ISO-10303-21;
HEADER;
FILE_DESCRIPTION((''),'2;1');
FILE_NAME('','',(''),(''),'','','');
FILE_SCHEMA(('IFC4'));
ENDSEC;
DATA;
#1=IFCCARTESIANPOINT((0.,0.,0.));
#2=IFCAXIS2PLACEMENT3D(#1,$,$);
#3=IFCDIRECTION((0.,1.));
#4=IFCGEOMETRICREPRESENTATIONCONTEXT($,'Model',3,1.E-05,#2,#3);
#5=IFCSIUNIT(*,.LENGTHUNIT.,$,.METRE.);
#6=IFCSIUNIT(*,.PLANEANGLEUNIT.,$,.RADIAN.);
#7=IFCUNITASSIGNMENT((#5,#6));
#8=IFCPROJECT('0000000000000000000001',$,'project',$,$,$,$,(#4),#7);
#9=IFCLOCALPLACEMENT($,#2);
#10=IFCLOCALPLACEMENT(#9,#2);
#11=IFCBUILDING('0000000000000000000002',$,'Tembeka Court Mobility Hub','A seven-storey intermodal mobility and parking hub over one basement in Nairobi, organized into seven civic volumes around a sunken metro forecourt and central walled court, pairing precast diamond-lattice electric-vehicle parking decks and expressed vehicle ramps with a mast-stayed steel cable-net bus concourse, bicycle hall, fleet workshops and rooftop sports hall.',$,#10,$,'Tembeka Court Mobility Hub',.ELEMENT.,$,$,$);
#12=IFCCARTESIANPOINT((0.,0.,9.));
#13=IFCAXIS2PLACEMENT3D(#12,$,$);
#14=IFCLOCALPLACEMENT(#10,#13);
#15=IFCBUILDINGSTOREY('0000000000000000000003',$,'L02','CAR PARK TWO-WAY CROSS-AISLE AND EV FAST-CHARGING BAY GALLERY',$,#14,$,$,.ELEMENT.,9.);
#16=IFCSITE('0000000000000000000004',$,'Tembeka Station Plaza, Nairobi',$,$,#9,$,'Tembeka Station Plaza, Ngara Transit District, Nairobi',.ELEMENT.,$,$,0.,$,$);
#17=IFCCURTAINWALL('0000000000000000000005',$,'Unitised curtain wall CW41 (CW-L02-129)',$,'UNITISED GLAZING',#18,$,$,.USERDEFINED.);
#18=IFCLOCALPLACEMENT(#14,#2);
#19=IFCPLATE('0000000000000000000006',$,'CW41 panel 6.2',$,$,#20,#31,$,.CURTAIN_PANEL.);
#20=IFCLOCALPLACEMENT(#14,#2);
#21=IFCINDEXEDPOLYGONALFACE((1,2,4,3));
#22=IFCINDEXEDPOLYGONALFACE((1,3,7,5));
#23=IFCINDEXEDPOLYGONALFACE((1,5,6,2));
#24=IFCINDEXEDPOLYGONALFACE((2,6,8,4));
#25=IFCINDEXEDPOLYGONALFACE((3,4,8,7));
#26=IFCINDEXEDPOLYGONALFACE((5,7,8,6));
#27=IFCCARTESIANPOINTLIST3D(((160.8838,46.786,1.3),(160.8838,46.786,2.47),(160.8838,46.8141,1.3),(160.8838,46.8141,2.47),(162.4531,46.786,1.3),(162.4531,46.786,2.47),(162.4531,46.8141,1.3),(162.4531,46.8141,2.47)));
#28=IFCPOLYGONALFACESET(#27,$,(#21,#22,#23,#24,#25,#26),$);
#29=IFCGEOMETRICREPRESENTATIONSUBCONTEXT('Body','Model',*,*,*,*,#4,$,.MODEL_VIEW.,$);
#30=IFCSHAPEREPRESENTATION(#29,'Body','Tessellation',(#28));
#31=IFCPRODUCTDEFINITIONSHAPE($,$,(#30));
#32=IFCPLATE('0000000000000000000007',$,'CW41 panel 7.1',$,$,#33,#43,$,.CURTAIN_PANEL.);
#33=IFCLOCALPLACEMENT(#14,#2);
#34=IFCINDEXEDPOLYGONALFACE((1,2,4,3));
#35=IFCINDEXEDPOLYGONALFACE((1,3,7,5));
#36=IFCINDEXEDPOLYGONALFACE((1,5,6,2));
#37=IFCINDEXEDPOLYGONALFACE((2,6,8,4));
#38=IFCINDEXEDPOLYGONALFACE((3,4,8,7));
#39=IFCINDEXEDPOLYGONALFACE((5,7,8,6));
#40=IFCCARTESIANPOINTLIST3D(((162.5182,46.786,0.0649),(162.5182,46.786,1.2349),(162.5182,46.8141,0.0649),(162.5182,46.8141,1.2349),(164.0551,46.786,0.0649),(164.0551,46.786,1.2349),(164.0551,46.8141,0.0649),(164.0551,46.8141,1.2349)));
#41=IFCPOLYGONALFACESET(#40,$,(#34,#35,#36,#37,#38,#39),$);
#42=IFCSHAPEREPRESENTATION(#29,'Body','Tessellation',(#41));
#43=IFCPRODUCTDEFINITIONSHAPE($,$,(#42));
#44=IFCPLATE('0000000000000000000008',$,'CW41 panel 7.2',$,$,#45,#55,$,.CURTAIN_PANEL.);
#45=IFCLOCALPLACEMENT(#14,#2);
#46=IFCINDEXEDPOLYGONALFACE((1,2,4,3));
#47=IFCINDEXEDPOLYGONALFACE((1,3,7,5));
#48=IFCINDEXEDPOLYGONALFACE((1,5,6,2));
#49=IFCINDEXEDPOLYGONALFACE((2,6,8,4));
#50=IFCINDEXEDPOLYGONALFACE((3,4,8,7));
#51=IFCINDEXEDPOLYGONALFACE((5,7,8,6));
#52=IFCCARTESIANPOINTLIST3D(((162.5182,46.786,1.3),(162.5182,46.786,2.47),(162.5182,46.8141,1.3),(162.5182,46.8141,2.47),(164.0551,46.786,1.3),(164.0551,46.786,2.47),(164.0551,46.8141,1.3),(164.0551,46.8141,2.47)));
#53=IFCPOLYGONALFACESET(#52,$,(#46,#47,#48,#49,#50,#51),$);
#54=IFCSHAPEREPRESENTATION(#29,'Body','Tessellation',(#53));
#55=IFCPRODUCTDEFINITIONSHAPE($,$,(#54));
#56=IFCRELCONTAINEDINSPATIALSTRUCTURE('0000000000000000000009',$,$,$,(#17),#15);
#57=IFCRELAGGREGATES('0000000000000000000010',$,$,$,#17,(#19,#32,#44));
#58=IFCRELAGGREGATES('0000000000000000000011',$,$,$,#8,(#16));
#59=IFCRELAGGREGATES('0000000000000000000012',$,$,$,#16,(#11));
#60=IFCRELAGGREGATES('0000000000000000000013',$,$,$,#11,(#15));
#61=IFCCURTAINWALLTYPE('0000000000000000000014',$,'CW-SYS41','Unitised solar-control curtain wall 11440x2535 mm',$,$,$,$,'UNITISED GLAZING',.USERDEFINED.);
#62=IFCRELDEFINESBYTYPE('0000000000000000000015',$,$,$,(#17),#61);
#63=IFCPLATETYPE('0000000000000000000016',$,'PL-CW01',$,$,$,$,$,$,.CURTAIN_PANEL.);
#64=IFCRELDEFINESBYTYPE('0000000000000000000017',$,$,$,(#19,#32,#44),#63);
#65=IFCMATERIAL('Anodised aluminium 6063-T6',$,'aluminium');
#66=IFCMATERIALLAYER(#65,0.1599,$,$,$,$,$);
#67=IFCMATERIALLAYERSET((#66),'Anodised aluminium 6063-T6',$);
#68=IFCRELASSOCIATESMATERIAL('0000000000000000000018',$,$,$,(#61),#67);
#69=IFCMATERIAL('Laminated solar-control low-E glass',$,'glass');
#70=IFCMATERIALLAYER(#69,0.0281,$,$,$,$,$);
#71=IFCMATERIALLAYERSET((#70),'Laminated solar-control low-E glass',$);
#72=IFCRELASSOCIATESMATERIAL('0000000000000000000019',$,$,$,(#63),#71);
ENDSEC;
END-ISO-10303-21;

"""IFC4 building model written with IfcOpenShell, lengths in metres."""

from ifc_helpers import new_model, si_unit, direction, frame, origin, origin_2d, place, context, subcontext, project, spatial, rectangle, extrude, material, layer, layer_set, type_object, element, aggregate, save


model = new_model("IFC4")

# Units and contexts
model_context = context("Model", 3, precision=1e-05, world=origin(), true_north=direction((0.0, 1.0)))
body_context = subcontext(model_context, "Body", "Model", "MODEL_VIEW")
ifc_project = project(units=[si_unit("LENGTHUNIT", "METRE"), si_unit("PLANEANGLEUNIT", "RADIAN")], contexts=[model_context])

# Site, building, storey
site_placement = place(None, origin())
site = spatial("IfcSite", under=ifc_project, at=site_placement, Name="Tembeka Station Plaza, Nairobi", LongName="Tembeka Station Plaza, Ngara Transit District, Nairobi", CompositionType="ELEMENT", RefElevation=0.0)
building_placement = place(site_placement, origin())
building = spatial("IfcBuilding", under=site, at=building_placement, Name="Tembeka Court Mobility Hub", Description="A seven-storey intermodal mobility and parking hub over one basement in Nairobi, organized into seven civic volumes around a sunken metro forecourt and central walled court, pairing precast diamond-lattice electric-vehicle parking decks and expressed vehicle ramps with a mast-stayed steel cable-net bus concourse, bicycle hall, fleet workshops and rooftop sports hall.", LongName="Tembeka Court Mobility Hub", CompositionType="ELEMENT")
storey_placement = place(building_placement, frame((0.0, 0.0, 9.0)))
storey = spatial("IfcBuildingStorey", under=building, at=storey_placement, Name="L02", Description="CAR PARK TWO-WAY CROSS-AISLE AND EV FAST-CHARGING BAY GALLERY", CompositionType="ELEMENT", Elevation=9.0)

# Curtain wall, plates
ifc_material_1 = material(Name="Anodised aluminium 6063-T6", Category="aluminium")
ifc_layer_1 = layer(ifc_material_1, 0.1599)
ifc_layer_set_1 = layer_set([ifc_layer_1], Name="Anodised aluminium 6063-T6")
curtain_wall_type = type_object("IfcCurtainWallType", Name="CW-SYS41", Description="Unitised solar-control curtain wall 11440x2535 mm", ElementType="UNITISED GLAZING", PredefinedType="USERDEFINED", material=ifc_layer_set_1)
curtain_wall_placement = place(storey_placement, origin())
curtain_wall = element("IfcCurtainWall", 1, at=curtain_wall_placement, inside=storey, type_object=curtain_wall_type, Name="Unitised curtain wall CW41 (CW-L02-129)", ObjectType="UNITISED GLAZING", PredefinedType="USERDEFINED")
ifc_material_2 = material(Name="Laminated solar-control low-E glass", Category="glass")
ifc_layer_2 = layer(ifc_material_2, 0.0281)
ifc_layer_set_2 = layer_set([ifc_layer_2], Name="Laminated solar-control low-E glass")
plate_type = type_object("IfcPlateType", Name="PL-CW01", PredefinedType="CURTAIN_PANEL", material=ifc_layer_set_2)
plate_1_placement = place(storey_placement, frame((161.6685, 46.8, 1.3), z_axis=(0.0, 0.0, 1.0), x_axis=(1.0, 0.0, 0.0)))
plate_1 = element("IfcPlate", 2, at=plate_1_placement, type_object=plate_type, Name="CW41 panel 6.2", PredefinedType="CURTAIN_PANEL", context=body_context, shape_type="SweptSolid", body=[
    extrude(rectangle(XDim=1.5693, YDim=0.0281, at=origin_2d()), origin(), (0.0, 0.0, 1.0), 1.1699),
])
plate_2_placement = place(storey_placement, frame((163.2866, 46.8, 0.0649), z_axis=(0.0, 0.0, 1.0), x_axis=(1.0, 0.0, 0.0)))
plate_2 = element("IfcPlate", 3, at=plate_2_placement, type_object=plate_type, Name="CW41 panel 7.1", PredefinedType="CURTAIN_PANEL", context=body_context, shape_type="SweptSolid", body=[
    extrude(rectangle(XDim=1.5369, YDim=0.0281, at=origin_2d()), origin(), (0.0, 0.0, 1.0), 1.1699),
])
plate_3_placement = place(storey_placement, frame((163.2866, 46.8, 1.3), z_axis=(0.0, 0.0, 1.0), x_axis=(1.0, 0.0, 0.0)))
plate_3 = element("IfcPlate", 4, at=plate_3_placement, type_object=plate_type, Name="CW41 panel 7.2", PredefinedType="CURTAIN_PANEL", context=body_context, shape_type="SweptSolid", body=[
    extrude(rectangle(XDim=1.5369, YDim=0.0281, at=origin_2d()), origin(), (0.0, 0.0, 1.0), 1.1699),
])
aggregate(curtain_wall, [plate_1, plate_2, plate_3])

save(model, "model.ifc")
